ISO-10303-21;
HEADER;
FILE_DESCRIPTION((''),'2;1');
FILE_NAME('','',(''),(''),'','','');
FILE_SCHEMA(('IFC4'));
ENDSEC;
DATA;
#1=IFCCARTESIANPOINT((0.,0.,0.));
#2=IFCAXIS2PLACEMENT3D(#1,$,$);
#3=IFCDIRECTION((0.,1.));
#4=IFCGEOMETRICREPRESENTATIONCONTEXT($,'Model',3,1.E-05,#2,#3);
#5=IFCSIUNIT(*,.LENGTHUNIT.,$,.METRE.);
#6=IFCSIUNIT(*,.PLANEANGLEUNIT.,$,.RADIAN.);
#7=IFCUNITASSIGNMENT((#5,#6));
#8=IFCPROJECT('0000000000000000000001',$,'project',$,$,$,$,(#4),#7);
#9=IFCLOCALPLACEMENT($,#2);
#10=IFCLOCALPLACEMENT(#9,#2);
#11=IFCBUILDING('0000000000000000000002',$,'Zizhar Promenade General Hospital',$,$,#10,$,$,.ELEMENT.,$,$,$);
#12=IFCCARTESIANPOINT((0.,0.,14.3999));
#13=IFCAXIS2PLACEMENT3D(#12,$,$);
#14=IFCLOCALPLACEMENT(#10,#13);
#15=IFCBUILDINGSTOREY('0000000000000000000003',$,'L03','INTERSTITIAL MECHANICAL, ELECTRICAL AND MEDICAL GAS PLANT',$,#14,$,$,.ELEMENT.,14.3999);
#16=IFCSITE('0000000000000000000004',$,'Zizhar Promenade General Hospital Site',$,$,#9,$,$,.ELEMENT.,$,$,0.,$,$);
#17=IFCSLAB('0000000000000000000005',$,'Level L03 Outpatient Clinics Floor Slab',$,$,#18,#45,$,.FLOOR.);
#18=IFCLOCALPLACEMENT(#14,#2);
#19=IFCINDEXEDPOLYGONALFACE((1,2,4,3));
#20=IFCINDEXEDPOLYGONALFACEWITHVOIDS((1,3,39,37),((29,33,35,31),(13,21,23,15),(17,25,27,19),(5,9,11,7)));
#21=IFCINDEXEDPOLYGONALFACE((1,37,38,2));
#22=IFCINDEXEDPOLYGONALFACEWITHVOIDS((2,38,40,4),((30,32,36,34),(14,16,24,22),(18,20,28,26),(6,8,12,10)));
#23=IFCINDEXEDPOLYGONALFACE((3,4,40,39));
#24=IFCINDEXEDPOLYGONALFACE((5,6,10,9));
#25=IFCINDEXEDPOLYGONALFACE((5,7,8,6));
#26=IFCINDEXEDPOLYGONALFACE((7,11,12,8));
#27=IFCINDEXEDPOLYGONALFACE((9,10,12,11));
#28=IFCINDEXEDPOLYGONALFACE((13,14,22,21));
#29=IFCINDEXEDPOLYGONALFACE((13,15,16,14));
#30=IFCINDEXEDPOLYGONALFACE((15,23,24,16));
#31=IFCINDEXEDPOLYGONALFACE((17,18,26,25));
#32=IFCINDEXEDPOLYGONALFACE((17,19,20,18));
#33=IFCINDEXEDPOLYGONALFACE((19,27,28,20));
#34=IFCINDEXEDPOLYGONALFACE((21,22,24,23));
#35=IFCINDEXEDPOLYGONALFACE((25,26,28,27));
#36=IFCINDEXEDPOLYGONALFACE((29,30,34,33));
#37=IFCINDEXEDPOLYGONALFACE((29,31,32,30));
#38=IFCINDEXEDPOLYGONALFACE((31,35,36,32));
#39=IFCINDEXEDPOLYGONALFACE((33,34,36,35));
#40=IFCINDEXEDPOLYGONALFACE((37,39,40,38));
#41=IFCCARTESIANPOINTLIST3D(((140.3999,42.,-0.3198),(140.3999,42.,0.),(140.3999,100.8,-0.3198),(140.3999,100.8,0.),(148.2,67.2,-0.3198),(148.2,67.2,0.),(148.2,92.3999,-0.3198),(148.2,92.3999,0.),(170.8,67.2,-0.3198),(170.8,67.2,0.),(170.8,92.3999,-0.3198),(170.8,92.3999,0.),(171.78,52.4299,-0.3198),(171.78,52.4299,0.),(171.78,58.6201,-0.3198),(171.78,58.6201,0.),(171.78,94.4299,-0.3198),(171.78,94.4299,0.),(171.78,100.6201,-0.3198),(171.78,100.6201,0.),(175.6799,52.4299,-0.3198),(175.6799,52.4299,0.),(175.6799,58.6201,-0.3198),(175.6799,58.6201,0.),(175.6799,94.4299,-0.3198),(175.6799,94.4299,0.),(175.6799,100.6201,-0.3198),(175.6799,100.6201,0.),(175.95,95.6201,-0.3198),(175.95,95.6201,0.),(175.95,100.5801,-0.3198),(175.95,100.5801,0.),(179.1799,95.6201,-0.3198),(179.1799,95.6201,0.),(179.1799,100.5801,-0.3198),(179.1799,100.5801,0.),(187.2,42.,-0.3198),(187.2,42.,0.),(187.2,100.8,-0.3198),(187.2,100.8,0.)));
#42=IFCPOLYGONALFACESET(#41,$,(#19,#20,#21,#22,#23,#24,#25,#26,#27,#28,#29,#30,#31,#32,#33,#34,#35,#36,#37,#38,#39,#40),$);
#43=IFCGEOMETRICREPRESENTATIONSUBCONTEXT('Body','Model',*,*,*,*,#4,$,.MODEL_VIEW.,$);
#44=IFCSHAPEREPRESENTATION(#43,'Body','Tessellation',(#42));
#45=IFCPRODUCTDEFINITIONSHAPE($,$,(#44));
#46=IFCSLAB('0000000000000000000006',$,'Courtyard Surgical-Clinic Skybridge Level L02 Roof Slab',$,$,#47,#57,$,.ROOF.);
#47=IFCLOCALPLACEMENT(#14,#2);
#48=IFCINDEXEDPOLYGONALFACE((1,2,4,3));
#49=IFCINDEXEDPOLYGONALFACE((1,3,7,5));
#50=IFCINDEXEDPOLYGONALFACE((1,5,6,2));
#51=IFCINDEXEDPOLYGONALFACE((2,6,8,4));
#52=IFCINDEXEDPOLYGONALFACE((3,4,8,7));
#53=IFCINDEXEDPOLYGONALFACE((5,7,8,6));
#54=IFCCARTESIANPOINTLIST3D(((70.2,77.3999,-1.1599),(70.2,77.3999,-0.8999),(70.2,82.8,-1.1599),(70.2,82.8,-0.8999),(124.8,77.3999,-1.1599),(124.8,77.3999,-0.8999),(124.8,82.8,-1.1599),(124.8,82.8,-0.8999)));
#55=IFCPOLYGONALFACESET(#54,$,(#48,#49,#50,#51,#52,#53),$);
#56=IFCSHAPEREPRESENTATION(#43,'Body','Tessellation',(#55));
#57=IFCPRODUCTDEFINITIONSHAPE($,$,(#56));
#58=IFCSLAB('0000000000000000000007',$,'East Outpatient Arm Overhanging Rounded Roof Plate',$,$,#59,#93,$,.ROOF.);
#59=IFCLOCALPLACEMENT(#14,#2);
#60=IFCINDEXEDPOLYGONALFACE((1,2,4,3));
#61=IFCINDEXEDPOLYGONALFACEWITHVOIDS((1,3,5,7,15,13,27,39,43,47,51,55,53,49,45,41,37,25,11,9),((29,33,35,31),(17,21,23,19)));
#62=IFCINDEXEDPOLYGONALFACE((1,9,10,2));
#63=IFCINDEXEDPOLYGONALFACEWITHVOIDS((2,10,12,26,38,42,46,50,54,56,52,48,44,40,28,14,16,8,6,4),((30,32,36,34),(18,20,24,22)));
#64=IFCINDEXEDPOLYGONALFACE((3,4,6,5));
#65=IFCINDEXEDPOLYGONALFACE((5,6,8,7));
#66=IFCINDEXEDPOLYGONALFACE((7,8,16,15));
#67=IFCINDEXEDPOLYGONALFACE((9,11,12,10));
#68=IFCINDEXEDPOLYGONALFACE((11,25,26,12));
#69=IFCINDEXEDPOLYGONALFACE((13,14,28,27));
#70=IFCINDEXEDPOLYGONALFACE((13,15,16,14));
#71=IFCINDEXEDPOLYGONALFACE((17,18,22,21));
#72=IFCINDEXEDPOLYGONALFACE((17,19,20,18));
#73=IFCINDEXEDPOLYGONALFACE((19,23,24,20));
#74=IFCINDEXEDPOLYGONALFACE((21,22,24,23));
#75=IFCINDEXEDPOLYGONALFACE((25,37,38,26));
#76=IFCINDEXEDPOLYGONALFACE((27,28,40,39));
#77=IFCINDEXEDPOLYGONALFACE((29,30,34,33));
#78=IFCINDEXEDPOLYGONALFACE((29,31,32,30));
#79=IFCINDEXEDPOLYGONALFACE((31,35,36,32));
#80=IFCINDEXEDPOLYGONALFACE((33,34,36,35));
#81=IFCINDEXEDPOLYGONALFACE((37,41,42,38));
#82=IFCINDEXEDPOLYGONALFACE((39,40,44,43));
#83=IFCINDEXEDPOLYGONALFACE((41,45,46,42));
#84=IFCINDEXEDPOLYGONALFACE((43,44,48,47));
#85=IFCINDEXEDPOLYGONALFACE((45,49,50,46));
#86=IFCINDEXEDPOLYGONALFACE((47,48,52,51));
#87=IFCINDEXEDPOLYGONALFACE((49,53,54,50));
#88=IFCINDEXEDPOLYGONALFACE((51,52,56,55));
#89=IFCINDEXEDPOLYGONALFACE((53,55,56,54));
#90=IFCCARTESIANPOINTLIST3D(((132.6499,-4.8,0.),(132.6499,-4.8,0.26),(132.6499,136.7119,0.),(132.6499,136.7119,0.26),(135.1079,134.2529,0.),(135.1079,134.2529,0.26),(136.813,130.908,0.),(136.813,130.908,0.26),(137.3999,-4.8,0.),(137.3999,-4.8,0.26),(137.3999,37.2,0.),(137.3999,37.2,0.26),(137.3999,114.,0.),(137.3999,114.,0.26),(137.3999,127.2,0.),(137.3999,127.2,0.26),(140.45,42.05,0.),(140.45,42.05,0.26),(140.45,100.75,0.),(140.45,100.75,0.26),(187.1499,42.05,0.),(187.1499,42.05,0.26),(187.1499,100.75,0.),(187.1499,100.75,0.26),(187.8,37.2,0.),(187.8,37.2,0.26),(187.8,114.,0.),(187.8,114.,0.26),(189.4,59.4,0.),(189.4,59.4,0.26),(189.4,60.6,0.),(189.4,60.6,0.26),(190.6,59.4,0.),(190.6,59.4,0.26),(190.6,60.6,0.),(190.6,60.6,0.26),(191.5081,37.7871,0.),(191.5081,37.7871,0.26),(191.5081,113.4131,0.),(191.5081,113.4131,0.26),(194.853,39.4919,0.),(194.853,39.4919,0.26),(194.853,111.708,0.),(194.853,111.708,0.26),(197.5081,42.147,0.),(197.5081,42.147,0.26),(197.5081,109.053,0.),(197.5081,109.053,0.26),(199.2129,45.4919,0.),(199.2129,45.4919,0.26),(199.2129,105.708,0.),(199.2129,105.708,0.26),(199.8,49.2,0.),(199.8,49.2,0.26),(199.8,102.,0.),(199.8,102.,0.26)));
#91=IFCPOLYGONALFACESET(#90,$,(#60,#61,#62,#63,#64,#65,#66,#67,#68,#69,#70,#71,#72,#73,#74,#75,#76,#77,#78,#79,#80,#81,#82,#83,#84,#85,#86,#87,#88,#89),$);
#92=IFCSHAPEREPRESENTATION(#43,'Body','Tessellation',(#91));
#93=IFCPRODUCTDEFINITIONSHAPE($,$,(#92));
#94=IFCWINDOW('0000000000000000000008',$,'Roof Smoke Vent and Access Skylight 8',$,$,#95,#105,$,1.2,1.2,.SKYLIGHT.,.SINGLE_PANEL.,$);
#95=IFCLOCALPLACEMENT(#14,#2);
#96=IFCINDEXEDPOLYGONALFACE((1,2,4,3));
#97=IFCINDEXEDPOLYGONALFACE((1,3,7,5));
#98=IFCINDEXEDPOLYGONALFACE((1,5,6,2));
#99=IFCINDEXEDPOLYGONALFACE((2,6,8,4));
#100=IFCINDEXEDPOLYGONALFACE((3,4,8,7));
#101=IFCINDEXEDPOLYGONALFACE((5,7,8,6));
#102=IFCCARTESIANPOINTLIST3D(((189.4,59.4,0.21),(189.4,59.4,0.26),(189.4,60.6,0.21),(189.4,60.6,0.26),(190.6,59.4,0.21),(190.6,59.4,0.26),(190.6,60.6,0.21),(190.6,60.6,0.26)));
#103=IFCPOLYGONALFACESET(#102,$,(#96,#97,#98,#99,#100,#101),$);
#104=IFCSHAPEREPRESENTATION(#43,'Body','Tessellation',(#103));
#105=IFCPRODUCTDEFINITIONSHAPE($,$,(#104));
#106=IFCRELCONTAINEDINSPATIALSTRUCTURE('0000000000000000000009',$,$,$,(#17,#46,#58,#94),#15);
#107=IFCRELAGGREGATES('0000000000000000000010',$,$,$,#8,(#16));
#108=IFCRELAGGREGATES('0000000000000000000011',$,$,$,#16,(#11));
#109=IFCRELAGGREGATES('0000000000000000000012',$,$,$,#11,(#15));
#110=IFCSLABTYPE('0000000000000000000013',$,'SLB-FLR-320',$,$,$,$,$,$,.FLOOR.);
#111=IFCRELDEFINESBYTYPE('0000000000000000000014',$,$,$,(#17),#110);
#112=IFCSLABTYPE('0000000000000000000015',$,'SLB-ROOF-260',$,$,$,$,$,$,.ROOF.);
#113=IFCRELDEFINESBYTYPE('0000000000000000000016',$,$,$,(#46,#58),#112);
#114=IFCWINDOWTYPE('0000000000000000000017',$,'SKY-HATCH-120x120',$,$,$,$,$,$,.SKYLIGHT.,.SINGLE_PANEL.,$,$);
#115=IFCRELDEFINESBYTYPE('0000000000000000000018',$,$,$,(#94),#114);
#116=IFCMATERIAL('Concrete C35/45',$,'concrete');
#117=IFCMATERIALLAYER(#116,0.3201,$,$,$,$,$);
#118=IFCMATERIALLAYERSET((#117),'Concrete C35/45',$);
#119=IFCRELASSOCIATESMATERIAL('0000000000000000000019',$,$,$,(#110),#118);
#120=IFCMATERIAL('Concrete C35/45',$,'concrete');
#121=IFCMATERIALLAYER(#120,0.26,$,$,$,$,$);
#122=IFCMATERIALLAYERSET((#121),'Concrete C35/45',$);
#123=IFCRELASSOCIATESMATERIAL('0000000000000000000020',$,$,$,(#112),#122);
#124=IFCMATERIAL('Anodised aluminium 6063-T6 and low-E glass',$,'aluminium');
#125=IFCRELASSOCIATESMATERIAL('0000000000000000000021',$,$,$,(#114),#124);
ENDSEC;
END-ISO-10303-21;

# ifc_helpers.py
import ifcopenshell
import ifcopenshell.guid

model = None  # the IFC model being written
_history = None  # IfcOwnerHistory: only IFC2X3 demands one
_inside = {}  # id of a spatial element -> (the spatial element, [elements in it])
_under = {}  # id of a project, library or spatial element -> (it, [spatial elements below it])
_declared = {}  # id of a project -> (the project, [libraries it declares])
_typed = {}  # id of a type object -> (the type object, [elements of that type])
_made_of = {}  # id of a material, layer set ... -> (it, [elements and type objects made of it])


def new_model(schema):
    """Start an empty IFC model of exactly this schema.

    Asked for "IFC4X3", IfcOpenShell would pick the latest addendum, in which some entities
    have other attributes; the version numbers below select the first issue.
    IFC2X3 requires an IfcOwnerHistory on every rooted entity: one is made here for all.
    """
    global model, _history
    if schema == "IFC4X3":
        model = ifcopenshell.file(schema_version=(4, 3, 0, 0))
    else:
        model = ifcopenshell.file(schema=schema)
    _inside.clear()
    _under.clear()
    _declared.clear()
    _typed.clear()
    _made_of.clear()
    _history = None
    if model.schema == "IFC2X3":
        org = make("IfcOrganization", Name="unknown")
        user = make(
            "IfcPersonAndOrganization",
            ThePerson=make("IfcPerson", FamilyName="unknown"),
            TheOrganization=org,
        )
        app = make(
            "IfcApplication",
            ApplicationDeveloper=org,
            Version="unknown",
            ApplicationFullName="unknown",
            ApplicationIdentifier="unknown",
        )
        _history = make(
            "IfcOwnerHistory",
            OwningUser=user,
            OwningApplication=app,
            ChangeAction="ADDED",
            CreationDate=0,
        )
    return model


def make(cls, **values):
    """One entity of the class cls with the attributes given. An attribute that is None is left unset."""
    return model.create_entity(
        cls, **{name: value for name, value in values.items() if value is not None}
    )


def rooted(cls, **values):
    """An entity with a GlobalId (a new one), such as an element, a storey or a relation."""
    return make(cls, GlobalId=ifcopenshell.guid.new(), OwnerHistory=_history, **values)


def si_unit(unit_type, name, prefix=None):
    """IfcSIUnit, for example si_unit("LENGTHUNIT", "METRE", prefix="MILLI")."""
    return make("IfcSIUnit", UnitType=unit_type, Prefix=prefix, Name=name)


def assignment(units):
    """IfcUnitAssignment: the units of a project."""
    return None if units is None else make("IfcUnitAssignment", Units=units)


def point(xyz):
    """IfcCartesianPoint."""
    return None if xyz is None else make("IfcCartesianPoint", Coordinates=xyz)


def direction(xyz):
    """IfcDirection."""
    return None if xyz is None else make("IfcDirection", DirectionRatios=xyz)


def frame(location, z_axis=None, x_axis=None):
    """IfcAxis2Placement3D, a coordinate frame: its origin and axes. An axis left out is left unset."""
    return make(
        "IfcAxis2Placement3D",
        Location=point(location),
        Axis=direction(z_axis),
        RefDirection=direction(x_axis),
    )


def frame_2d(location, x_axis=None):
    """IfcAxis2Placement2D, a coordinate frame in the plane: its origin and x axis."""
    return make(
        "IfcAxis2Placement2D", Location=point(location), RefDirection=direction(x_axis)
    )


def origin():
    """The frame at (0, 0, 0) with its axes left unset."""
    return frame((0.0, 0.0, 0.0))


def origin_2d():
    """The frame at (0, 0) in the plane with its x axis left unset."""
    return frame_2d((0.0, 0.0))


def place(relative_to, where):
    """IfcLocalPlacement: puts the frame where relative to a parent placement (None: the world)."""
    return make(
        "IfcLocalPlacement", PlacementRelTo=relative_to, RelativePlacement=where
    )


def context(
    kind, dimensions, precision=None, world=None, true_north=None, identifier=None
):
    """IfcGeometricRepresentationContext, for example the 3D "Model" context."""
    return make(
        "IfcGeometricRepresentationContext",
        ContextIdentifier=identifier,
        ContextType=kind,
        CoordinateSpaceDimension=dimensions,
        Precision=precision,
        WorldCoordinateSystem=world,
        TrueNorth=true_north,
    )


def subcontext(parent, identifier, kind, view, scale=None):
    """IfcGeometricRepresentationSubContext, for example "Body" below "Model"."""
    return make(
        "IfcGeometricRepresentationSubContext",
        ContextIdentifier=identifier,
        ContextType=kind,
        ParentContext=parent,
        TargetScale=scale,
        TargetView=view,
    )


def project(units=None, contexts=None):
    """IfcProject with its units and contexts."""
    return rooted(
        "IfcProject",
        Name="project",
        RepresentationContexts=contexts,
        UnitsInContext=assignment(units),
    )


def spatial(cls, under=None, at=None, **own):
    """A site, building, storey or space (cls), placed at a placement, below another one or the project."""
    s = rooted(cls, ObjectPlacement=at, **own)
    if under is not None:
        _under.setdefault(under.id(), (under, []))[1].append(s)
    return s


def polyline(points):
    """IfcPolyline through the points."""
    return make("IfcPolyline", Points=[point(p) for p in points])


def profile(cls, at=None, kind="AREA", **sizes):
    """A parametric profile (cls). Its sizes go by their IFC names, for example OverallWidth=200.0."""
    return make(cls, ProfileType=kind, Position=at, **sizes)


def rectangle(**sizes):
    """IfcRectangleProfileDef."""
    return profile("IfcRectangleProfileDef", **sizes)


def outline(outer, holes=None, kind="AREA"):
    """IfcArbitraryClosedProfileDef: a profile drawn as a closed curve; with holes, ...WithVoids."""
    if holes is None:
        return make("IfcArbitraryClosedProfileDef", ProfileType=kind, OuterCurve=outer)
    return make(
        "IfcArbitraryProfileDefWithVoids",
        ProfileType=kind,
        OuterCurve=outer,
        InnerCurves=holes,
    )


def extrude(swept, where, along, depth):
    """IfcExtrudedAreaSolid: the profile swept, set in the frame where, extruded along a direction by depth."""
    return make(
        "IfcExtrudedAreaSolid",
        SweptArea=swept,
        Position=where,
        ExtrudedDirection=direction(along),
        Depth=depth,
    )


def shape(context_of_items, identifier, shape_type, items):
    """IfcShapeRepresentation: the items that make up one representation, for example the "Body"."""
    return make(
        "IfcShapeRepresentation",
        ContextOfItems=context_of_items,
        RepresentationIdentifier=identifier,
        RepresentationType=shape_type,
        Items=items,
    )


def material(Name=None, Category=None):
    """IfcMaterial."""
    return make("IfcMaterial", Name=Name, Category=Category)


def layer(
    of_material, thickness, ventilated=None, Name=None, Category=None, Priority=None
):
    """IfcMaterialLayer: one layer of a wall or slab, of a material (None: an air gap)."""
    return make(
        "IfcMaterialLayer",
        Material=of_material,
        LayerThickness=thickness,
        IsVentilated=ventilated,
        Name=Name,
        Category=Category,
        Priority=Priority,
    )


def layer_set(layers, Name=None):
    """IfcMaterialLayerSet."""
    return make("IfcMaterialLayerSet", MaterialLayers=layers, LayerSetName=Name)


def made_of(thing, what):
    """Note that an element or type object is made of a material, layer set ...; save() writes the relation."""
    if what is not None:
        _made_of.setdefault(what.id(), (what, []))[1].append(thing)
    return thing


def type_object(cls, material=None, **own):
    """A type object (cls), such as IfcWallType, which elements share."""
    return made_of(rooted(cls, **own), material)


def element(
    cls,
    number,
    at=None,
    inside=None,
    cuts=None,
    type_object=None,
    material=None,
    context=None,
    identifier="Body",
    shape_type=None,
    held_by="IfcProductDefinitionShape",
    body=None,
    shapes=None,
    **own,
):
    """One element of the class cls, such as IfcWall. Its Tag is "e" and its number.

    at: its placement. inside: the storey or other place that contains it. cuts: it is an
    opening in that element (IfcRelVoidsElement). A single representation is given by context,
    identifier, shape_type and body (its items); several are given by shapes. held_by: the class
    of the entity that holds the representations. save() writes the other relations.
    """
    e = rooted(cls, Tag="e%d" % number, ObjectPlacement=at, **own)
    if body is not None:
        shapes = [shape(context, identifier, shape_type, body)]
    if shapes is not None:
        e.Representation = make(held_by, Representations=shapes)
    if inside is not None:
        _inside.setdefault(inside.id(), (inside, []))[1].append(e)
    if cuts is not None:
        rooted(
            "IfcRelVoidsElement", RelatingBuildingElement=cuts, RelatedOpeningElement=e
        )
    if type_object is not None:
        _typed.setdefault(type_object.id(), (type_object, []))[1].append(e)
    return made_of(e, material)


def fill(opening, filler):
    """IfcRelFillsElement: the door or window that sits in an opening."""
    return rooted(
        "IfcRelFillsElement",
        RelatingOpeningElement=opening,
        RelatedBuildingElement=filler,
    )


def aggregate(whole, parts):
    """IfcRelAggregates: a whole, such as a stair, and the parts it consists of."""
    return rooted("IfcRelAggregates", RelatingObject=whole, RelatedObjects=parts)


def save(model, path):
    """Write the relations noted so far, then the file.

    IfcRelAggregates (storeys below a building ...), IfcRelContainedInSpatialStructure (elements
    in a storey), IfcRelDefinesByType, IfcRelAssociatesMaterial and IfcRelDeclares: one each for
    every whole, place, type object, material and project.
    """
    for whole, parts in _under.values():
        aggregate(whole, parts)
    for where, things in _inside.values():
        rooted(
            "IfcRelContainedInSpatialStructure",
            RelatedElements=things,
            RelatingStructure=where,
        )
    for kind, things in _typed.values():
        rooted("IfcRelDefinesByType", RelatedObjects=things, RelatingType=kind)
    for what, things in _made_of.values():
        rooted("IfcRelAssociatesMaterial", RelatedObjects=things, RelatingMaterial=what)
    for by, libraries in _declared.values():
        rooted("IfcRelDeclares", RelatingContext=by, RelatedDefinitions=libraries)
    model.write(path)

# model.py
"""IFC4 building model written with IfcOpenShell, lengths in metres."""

from ifc_helpers import new_model, si_unit, direction, frame, origin, origin_2d, place, context, subcontext, project, spatial, polyline, rectangle, outline, extrude, material, layer, layer_set, type_object, element, fill, save


model = new_model("IFC4")

# Units and contexts
model_context = context("Model", 3, precision=1e-05, world=origin(), true_north=direction((0.0, 1.0)))
body_context = subcontext(model_context, "Body", "Model", "MODEL_VIEW")
ifc_project = project(units=[si_unit("LENGTHUNIT", "METRE"), si_unit("PLANEANGLEUNIT", "RADIAN")], contexts=[model_context])

# Site, building, storey
site_placement = place(None, origin())
site = spatial("IfcSite", under=ifc_project, at=site_placement, Name="Zizhar Promenade General Hospital Site", CompositionType="ELEMENT", RefElevation=0.0)
building_placement = place(site_placement, origin())
building = spatial("IfcBuilding", under=site, at=building_placement, Name="Zizhar Promenade General Hospital", CompositionType="ELEMENT")
storey_placement = place(building_placement, frame((0.0, 0.0, 14.3999)))
storey = spatial("IfcBuildingStorey", under=building, at=storey_placement, Name="L03", Description="INTERSTITIAL MECHANICAL, ELECTRICAL AND MEDICAL GAS PLANT", CompositionType="ELEMENT", Elevation=14.3999)

# Slabs
ifc_material_1 = material(Name="Concrete C35/45", Category="concrete")
ifc_layer_1 = layer(ifc_material_1, 0.3201)
ifc_layer_set_1 = layer_set([ifc_layer_1], Name="Concrete C35/45")
slab_type_1 = type_object("IfcSlabType", Name="SLB-FLR-320", PredefinedType="FLOOR", material=ifc_layer_set_1)
slab_1_placement = place(storey_placement, frame((0.0, 0.0, -0.3198)))
element("IfcSlab", 1, at=slab_1_placement, inside=storey, type_object=slab_type_1, Name="Level L03 Outpatient Clinics Floor Slab", PredefinedType="FLOOR", context=body_context, shape_type="SweptSolid", body=[
    extrude(outline(polyline([(140.3999, 42.0), (187.2, 42.0), (187.2, 100.8), (140.3999, 100.8), (140.3999, 42.0)]), holes=[polyline([(148.2, 67.2), (148.2, 92.3999), (170.8, 92.3999), (170.8, 67.2), (148.2, 67.2)]), polyline([(171.78, 94.4299), (171.78, 100.6201), (175.6799, 100.6201), (175.6799, 94.4299), (171.78, 94.4299)]), polyline([(175.95, 95.6201), (175.95, 100.5801), (179.1799, 100.5801), (179.1799, 95.6201), (175.95, 95.6201)]), polyline([(171.78, 52.4299), (171.78, 58.6201), (175.6799, 58.6201), (175.6799, 52.4299), (171.78, 52.4299)])]), origin(), (0.0, 0.0, 1.0), 0.3198),
])
ifc_material_2 = material(Name="Concrete C35/45", Category="concrete")
ifc_layer_2 = layer(ifc_material_2, 0.26)
ifc_layer_set_2 = layer_set([ifc_layer_2], Name="Concrete C35/45")
slab_type_2 = type_object("IfcSlabType", Name="SLB-ROOF-260", PredefinedType="ROOF", material=ifc_layer_set_2)
slab_2_placement = place(storey_placement, frame((0.0, 0.0, -1.1599)))
element("IfcSlab", 2, at=slab_2_placement, inside=storey, type_object=slab_type_2, Name="Courtyard Surgical-Clinic Skybridge Level L02 Roof Slab", PredefinedType="ROOF", context=body_context, shape_type="SweptSolid", body=[
    extrude(outline(polyline([(70.2, 77.3999), (124.8, 77.3999), (124.8, 82.8), (70.2, 82.8), (70.2, 77.3999)])), origin(), (0.0, 0.0, 1.0), 0.26),
])

# Shared definitions
ifc_material_3 = material(Name="Anodised aluminium 6063-T6 and low-E glass", Category="aluminium")
window_type_1 = type_object("IfcWindowType", Name="SKY-HATCH-120x120", PartitioningType="SINGLE_PANEL", PredefinedType="SKYLIGHT", material=ifc_material_3)

# Slab, opening, window
slab_3_placement = place(storey_placement, origin())
slab_3 = element("IfcSlab", 3, at=slab_3_placement, inside=storey, type_object=slab_type_2, Name="East Outpatient Arm Overhanging Rounded Roof Plate", PredefinedType="ROOF", context=body_context, shape_type="SweptSolid", body=[
    extrude(outline(polyline([(135.1079, 134.2529), (136.813, 130.908), (137.3999, 127.2), (137.3999, 114.0), (187.8, 114.0), (191.5081, 113.4131), (194.853, 111.708), (197.5081, 109.053), (199.2129, 105.708), (199.8, 102.0), (199.8, 49.2), (199.2129, 45.4919), (197.5081, 42.147), (194.853, 39.4919), (191.5081, 37.7871), (187.8, 37.2), (137.3999, 37.2), (137.3999, -4.8), (132.6499, -4.8), (132.6499, 136.7119), (135.1079, 134.2529)]), holes=[polyline([(187.1499, 42.05), (187.1499, 100.75), (140.45, 100.75), (140.45, 42.05), (187.1499, 42.05)])]), origin(), (0.0, 0.0, 1.0), 0.26),
])
opening_1_placement = place(slab_3_placement, frame((190.0, 60.0, 0.0)))
opening_1 = element("IfcOpeningElement", 4, at=opening_1_placement, cuts=slab_3, PredefinedType="OPENING", context=body_context, shape_type="SweptSolid", body=[
    extrude(rectangle(XDim=1.2, YDim=1.2, at=origin_2d()), origin(), (0.0, 0.0, 1.0), 0.26),
])
window_1_placement = place(opening_1_placement, frame((0.0, 0.0, 0.21)))
window_1 = element("IfcWindow", 5, at=window_1_placement, inside=storey, type_object=window_type_1, Name="Roof Smoke Vent and Access Skylight 8", OverallHeight=1.2, OverallWidth=1.2, PartitioningType="SINGLE_PANEL", PredefinedType="SKYLIGHT", context=body_context, shape_type="SweptSolid", body=[
    extrude(rectangle(XDim=1.2, YDim=1.2, at=origin_2d()), origin(), (0.0, 0.0, 1.0), 0.05),
])
fill(opening_1, window_1)

save(model, "model.ifc")
